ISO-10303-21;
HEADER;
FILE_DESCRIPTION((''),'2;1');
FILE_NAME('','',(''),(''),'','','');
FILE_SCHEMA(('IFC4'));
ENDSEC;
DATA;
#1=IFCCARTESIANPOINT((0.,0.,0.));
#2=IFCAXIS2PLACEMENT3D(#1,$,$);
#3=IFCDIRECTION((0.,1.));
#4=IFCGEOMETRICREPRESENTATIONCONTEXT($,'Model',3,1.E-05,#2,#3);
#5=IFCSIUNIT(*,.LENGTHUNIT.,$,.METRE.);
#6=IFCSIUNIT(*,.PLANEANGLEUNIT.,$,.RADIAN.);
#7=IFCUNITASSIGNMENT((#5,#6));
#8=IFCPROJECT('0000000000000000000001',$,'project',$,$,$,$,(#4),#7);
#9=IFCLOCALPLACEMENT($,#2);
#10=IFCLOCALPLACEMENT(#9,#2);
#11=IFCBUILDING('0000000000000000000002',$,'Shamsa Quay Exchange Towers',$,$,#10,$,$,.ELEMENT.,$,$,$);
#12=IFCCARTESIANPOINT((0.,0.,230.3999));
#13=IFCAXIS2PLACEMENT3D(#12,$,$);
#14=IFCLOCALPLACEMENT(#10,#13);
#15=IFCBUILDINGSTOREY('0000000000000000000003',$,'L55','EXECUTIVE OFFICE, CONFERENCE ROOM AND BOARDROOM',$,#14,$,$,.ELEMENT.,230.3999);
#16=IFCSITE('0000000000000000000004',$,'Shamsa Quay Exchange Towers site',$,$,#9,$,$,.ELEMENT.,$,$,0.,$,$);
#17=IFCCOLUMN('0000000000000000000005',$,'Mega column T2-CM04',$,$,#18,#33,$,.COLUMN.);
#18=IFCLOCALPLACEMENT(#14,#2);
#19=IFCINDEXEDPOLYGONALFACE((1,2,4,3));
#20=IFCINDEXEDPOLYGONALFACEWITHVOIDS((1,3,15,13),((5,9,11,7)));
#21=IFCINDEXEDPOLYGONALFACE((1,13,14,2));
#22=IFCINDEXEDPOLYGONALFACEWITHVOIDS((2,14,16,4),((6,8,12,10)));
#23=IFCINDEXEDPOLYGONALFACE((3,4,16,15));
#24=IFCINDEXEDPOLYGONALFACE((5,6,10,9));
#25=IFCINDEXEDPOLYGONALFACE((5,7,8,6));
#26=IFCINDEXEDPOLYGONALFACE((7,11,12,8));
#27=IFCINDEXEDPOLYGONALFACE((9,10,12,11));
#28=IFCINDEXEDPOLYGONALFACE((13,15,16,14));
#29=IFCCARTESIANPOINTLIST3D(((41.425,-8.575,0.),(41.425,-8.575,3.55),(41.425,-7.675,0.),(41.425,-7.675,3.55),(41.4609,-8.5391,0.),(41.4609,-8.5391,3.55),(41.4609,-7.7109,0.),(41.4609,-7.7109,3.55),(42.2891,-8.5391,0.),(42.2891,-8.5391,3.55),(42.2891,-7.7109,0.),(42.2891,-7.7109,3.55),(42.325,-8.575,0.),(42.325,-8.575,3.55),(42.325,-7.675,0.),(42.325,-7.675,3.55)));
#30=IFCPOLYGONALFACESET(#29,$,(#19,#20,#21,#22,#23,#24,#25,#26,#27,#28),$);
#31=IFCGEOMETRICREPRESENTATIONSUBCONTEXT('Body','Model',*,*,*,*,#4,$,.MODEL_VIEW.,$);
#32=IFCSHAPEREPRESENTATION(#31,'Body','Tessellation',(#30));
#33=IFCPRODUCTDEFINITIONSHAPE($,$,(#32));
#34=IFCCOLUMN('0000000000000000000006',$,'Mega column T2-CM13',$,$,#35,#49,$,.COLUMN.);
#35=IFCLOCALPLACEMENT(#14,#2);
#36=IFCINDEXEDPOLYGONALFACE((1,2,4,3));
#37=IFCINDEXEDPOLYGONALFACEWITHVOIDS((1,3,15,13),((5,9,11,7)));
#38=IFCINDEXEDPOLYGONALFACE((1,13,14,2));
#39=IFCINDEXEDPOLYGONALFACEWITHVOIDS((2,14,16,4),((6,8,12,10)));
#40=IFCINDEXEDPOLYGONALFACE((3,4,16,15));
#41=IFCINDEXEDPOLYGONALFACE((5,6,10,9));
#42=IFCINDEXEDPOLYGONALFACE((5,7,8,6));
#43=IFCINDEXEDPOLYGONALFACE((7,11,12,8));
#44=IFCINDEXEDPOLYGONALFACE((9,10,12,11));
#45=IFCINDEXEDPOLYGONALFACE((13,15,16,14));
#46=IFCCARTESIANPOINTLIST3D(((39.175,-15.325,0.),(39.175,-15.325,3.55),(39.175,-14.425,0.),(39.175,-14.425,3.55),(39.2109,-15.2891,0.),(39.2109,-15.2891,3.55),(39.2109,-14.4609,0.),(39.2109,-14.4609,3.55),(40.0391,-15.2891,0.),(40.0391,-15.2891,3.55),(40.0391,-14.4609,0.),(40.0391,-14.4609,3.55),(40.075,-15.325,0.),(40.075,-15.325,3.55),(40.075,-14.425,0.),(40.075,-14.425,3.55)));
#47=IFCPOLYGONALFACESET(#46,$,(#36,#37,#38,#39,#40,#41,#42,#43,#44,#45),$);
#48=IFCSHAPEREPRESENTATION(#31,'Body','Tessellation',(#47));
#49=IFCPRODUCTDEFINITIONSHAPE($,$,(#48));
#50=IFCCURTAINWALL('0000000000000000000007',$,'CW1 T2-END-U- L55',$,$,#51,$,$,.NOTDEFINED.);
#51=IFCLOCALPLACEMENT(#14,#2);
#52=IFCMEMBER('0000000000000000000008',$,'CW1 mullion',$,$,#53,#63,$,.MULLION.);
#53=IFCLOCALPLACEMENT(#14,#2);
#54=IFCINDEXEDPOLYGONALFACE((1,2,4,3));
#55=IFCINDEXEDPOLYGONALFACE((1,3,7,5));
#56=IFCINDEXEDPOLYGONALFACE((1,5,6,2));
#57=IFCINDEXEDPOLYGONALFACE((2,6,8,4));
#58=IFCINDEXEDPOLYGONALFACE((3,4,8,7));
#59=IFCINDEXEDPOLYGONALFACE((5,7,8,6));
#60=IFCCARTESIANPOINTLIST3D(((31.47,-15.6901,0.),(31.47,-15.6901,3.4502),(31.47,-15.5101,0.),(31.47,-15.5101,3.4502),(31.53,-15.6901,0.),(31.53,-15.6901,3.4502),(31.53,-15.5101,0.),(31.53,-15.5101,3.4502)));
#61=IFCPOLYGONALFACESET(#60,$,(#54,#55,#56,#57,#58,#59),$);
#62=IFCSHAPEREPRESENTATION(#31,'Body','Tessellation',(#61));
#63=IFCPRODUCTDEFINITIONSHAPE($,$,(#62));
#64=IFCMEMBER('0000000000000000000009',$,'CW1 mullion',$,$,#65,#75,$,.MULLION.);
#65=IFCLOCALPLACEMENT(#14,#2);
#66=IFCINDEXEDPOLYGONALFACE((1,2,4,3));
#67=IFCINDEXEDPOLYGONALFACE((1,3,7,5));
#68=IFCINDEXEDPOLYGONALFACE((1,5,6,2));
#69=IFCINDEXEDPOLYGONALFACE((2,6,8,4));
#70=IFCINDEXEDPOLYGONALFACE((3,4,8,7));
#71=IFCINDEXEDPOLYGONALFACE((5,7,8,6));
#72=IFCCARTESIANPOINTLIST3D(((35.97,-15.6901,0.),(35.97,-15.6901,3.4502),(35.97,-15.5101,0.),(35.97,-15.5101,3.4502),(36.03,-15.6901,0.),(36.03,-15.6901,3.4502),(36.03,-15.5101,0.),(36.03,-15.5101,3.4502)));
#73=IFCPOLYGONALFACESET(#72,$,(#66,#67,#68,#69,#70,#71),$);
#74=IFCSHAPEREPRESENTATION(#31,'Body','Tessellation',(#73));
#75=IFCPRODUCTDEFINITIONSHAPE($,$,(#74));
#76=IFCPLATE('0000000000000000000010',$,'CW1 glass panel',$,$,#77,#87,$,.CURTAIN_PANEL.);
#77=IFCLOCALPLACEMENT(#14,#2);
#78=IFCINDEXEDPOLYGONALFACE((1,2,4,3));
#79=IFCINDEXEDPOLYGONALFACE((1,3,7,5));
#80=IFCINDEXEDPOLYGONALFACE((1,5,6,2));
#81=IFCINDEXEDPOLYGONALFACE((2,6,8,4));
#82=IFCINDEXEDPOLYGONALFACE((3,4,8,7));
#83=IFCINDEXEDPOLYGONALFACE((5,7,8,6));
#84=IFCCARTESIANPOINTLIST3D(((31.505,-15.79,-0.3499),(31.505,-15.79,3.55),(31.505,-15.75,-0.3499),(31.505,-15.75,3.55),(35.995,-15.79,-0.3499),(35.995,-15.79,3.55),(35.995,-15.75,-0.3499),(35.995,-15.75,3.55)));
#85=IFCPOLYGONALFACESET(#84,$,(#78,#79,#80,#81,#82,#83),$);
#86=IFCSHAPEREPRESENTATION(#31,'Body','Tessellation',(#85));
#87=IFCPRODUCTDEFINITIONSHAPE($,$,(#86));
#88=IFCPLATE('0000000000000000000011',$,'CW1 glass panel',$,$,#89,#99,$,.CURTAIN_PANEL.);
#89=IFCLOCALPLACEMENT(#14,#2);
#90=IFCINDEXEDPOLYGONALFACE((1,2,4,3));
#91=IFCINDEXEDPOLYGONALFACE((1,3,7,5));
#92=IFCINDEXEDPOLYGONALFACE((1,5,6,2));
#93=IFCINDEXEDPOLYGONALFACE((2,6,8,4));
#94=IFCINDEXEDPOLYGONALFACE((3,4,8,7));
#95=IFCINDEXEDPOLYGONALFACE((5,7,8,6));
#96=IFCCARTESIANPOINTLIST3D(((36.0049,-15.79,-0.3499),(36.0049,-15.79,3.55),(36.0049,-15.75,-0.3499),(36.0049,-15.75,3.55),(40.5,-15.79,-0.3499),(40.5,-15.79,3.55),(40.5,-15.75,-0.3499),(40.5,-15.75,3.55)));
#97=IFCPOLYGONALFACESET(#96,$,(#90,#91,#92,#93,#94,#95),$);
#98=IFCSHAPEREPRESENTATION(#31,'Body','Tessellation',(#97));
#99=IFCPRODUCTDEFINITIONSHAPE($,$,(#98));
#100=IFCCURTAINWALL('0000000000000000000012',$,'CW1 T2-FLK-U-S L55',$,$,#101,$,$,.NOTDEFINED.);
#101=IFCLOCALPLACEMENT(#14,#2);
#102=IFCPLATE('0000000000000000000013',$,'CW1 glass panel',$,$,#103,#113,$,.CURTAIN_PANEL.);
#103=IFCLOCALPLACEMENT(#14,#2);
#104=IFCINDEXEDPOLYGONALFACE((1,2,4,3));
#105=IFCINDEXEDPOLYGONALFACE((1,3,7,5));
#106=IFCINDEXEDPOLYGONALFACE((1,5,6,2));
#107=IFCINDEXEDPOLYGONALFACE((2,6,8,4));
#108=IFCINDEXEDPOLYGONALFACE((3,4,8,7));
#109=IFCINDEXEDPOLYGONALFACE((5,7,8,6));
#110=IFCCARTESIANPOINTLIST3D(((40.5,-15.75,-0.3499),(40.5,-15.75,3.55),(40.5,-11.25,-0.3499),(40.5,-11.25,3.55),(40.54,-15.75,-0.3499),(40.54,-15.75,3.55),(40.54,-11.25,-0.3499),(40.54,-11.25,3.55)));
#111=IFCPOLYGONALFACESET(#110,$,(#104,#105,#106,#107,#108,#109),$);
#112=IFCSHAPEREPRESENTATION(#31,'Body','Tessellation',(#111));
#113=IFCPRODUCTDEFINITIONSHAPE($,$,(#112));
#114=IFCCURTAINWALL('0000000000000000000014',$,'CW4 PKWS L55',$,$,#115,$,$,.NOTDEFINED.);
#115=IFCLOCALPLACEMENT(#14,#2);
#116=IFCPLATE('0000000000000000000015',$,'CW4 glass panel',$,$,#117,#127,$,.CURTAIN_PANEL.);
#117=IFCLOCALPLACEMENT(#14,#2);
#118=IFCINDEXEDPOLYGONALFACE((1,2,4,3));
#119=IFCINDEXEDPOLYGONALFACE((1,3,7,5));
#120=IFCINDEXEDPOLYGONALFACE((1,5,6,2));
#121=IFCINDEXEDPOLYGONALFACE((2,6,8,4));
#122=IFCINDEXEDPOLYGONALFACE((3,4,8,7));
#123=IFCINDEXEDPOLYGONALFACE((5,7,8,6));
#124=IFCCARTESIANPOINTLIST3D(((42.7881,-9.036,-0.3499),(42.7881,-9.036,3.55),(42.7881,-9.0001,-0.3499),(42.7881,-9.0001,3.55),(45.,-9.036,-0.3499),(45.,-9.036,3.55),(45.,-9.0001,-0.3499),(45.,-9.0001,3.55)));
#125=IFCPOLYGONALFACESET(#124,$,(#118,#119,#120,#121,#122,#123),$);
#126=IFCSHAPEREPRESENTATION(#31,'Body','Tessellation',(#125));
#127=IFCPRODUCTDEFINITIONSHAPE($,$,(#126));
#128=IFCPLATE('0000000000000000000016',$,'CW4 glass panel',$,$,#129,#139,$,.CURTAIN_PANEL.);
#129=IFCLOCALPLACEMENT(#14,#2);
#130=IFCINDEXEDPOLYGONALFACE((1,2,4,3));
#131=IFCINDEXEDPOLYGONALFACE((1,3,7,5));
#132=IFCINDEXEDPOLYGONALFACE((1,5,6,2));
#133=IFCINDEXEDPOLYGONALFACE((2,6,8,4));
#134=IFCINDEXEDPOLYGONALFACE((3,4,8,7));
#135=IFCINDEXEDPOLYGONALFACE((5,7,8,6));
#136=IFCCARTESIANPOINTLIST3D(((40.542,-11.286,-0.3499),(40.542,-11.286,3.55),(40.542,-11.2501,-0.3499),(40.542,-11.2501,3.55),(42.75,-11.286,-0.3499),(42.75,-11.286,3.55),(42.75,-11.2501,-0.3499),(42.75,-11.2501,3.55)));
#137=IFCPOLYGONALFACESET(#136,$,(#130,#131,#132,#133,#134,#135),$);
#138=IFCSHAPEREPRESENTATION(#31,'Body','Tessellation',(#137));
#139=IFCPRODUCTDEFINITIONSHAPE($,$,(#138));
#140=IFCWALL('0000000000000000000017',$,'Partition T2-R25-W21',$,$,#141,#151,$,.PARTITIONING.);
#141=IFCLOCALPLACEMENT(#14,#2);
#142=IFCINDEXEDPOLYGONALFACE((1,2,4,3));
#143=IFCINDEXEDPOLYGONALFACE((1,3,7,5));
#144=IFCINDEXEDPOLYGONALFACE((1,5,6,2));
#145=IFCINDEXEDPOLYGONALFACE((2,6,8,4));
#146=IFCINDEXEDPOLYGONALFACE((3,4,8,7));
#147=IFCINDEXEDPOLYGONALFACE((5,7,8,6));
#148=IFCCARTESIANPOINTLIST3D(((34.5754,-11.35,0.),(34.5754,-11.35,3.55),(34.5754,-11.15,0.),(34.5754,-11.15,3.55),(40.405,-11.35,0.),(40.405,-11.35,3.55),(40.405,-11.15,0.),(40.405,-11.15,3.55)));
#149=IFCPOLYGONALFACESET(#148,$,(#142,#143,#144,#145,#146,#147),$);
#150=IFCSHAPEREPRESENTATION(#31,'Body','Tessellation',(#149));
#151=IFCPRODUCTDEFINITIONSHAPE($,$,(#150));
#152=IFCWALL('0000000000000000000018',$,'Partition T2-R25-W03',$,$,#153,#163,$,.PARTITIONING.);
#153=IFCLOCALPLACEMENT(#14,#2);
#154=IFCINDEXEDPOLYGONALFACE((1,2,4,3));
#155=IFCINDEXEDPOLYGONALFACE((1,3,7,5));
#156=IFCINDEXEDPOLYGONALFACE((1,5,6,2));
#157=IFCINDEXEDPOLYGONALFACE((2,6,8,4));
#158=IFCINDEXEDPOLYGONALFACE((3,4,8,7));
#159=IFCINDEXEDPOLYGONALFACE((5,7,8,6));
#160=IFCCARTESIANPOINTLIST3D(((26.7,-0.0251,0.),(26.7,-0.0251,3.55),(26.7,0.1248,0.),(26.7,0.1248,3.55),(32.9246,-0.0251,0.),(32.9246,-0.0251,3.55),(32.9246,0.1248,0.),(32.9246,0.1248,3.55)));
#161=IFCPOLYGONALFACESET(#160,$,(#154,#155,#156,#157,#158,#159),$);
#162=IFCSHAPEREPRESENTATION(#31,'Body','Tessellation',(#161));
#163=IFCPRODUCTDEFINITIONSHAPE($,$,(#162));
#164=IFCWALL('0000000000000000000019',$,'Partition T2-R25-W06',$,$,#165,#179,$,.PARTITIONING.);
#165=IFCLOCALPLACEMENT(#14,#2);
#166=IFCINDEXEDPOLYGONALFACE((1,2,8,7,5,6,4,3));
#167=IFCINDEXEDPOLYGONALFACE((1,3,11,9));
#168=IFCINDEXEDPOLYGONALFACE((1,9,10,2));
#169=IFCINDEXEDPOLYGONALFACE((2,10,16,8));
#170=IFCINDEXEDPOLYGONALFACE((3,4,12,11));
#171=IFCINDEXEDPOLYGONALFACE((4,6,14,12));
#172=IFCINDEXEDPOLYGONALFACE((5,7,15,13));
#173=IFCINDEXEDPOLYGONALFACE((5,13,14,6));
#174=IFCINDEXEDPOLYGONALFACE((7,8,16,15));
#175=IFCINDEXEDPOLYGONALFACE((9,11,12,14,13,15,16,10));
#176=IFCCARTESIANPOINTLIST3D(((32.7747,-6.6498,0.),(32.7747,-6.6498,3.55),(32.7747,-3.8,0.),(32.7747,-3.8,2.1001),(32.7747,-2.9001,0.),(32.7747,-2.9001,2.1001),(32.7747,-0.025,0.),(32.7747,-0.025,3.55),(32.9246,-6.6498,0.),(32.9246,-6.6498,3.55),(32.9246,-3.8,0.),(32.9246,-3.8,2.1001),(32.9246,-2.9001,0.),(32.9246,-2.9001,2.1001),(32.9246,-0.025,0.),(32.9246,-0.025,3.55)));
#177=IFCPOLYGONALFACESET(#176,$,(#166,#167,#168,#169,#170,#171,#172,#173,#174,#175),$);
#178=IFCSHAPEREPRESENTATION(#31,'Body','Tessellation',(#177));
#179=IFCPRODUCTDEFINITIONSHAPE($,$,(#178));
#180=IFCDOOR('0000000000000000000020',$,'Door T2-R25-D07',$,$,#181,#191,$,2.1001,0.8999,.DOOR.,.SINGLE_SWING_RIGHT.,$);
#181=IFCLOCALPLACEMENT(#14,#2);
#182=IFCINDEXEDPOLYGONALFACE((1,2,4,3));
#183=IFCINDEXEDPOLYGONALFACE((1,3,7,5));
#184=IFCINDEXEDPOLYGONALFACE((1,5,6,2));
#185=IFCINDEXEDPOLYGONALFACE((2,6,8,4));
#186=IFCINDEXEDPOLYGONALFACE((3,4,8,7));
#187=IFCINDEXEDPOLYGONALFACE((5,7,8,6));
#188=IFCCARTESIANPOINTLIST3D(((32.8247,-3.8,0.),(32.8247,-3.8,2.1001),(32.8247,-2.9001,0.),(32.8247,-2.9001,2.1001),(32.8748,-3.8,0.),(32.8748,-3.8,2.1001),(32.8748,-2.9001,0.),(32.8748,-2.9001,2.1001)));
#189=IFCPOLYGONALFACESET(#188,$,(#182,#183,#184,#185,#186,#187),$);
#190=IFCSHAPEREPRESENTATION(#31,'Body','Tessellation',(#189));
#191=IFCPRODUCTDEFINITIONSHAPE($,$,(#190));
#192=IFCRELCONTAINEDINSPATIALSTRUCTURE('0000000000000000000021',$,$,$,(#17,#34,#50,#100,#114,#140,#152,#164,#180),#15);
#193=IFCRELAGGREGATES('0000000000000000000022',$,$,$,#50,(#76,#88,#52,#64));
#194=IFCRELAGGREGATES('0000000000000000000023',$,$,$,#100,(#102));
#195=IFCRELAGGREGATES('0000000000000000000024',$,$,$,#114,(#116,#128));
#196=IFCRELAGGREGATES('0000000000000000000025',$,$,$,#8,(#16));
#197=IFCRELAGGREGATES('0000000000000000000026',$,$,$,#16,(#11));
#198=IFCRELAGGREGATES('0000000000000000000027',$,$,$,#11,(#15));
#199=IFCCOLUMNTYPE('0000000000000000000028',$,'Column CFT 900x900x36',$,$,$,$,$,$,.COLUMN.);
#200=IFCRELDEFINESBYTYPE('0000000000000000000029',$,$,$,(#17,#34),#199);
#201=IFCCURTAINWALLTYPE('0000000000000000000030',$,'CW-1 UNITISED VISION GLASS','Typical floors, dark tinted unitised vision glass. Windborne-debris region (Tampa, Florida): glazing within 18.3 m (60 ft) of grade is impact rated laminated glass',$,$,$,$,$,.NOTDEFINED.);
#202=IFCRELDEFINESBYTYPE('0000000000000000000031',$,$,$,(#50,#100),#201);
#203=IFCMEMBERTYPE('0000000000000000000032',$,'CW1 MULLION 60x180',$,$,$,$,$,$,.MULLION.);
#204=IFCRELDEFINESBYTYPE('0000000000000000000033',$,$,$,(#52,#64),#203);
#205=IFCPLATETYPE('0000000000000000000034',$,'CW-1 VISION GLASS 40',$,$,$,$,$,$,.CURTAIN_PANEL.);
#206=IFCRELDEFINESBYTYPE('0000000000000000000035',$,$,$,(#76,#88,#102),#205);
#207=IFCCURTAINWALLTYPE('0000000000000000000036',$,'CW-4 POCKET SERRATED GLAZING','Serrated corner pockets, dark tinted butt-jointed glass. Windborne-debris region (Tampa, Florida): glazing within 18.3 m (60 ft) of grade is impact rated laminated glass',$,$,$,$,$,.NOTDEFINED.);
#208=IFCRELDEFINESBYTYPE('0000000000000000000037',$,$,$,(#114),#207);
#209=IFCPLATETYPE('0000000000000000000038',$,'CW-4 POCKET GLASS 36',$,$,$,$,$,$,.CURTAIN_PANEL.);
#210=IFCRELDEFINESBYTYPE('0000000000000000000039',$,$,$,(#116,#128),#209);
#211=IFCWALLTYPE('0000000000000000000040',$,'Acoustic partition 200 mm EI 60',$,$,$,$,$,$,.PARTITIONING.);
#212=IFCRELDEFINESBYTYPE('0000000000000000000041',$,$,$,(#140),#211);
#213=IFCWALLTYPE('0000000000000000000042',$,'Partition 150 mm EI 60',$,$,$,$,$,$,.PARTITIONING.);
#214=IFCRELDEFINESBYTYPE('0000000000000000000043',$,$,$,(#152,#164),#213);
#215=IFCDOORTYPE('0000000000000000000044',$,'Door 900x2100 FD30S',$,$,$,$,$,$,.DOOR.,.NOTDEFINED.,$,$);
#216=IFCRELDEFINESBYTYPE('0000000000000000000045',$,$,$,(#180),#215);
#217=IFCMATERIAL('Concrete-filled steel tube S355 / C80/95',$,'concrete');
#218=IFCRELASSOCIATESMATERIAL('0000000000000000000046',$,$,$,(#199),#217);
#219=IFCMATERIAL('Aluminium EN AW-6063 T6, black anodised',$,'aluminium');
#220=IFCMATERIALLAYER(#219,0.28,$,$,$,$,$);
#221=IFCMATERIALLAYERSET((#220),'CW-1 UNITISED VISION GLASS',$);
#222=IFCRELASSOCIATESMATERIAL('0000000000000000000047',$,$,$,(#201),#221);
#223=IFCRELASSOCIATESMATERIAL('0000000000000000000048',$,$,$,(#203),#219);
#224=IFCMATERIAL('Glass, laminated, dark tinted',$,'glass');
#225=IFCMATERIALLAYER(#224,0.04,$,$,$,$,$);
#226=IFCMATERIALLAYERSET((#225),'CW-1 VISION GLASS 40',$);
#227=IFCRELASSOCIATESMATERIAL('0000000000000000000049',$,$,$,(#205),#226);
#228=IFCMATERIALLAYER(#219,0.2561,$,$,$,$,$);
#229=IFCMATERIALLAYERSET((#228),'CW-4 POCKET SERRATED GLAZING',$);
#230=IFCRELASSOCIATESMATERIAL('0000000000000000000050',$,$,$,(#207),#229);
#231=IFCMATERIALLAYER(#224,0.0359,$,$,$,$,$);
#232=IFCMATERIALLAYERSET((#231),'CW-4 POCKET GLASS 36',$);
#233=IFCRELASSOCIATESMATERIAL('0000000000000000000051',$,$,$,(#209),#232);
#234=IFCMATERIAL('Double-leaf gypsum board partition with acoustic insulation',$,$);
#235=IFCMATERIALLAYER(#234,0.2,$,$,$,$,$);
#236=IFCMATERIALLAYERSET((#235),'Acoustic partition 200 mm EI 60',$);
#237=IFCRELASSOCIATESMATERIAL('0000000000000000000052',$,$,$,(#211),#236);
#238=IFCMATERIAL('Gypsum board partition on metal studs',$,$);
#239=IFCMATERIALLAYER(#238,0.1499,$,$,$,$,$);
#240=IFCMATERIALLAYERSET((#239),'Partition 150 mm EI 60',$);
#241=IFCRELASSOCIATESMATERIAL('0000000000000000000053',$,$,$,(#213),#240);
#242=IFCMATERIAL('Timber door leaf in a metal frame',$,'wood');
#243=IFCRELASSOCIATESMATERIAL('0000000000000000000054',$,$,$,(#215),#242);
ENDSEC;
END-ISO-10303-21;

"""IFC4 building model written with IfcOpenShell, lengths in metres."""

from ifc_helpers import new_model, si_unit, direction, frame, frame_2d, origin, origin_2d, place, context, subcontext, project, spatial, rectangle, hollow_rectangle, extrude, material, layer, layer_set, material_profile, profile_set, type_object, element, fill, aggregate, save


model = new_model("IFC4")

# Units and contexts
model_context = context("Model", 3, precision=1e-05, world=origin(), true_north=direction((0.0, 1.0)))
body_context = subcontext(model_context, "Body", "Model", "MODEL_VIEW")
ifc_project = project(units=[si_unit("LENGTHUNIT", "METRE"), si_unit("PLANEANGLEUNIT", "RADIAN")], contexts=[model_context])

# Site, building, storey
site_placement = place(None, origin())
site = spatial("IfcSite", under=ifc_project, at=site_placement, Name="Shamsa Quay Exchange Towers site", CompositionType="ELEMENT", RefElevation=0.0)
building_placement = place(site_placement, origin())
building = spatial("IfcBuilding", under=site, at=building_placement, Name="Shamsa Quay Exchange Towers", CompositionType="ELEMENT")
storey_placement = place(building_placement, frame((0.0, 0.0, 230.3999)))
storey = spatial("IfcBuildingStorey", under=building, at=storey_placement, Name="L55", Description="EXECUTIVE OFFICE, CONFERENCE ROOM AND BOARDROOM", CompositionType="ELEMENT", Elevation=230.3999)

# Columns
ifc_material_1 = material(Name="Concrete-filled steel tube S355 / C80/95", Category="concrete")
ifc_material_profile_1 = material_profile(ifc_material_1, hollow_rectangle(XDim=0.8999, YDim=0.8999, WallThickness=0.0359, at=origin_2d()), Name="CFT 900x900x36")
ifc_profile_set_1 = profile_set([ifc_material_profile_1], Name="Concrete-filled steel tube S355 / C80/95")
column_type = type_object("IfcColumnType", Name="Column CFT 900x900x36", PredefinedType="COLUMN", material=ifc_profile_set_1)
for number, where, name in (
    (1, (41.875, -8.125, 0.0), "Mega column T2-CM04"),
    (2, (39.625, -14.875, 0.0), "Mega column T2-CM13"),
):
    element("IfcColumn", number, at=place(storey_placement, frame(where)), inside=storey, type_object=column_type, Name=name, PredefinedType="COLUMN", context=body_context, shape_type="SweptSolid", body=[
        extrude(hollow_rectangle(XDim=0.8999, YDim=0.8999, WallThickness=0.0359, at=origin_2d()), origin(), (0.0, 0.0, 1.0), 3.55),
    ])

# Curtain wall, members, plates
ifc_material_2 = material(Name="Aluminium EN AW-6063 T6, black anodised", Category="aluminium")
ifc_layer_1 = layer(ifc_material_2, 0.28)
ifc_layer_set_1 = layer_set([ifc_layer_1], Name="CW-1 UNITISED VISION GLASS")
curtain_wall_type_1 = type_object("IfcCurtainWallType", Name="CW-1 UNITISED VISION GLASS", Description="Typical floors, dark tinted unitised vision glass. Windborne-debris region (Tampa, Florida): glazing within 18.3 m (60 ft) of grade is impact rated laminated glass", PredefinedType="NOTDEFINED", material=ifc_layer_set_1)
curtain_wall_1_placement = place(storey_placement, origin())
curtain_wall_1 = element("IfcCurtainWall", 3, at=curtain_wall_1_placement, inside=storey, type_object=curtain_wall_type_1, Name="CW1 T2-END-U- L55", PredefinedType="NOTDEFINED")
ifc_material_profile_2 = material_profile(ifc_material_2, rectangle(XDim=0.1799, YDim=0.0601, at=origin_2d()), Name="MU60x180")
ifc_profile_set_2 = profile_set([ifc_material_profile_2], Name="Aluminium EN AW-6063 T6, black anodised")
member_type = type_object("IfcMemberType", Name="CW1 MULLION 60x180", PredefinedType="MULLION", material=ifc_profile_set_2)
member_1_placement = place(storey_placement, frame((31.5, -15.6001, 0.0), z_axis=(0.0, 0.0, 1.0), x_axis=(0.0, 1.0, 0.0)))
member_1 = element("IfcMember", 4, at=member_1_placement, type_object=member_type, Name="CW1 mullion", PredefinedType="MULLION", context=body_context, shape_type="SweptSolid", body=[
    extrude(rectangle(XDim=0.1799, YDim=0.0601, at=origin_2d()), origin(), (0.0, 0.0, 1.0), 3.4502),
])
member_2_placement = place(storey_placement, frame((36.0, -15.6001, 0.0), z_axis=(0.0, 0.0, 1.0), x_axis=(0.0, 1.0, 0.0)))
member_2 = element("IfcMember", 5, at=member_2_placement, type_object=member_type, Name="CW1 mullion", PredefinedType="MULLION", context=body_context, shape_type="SweptSolid", body=[
    extrude(rectangle(XDim=0.1799, YDim=0.0601, at=origin_2d()), origin(), (0.0, 0.0, 1.0), 3.4502),
])
ifc_material_3 = material(Name="Glass, laminated, dark tinted", Category="glass")
ifc_layer_2 = layer(ifc_material_3, 0.04)
ifc_layer_set_2 = layer_set([ifc_layer_2], Name="CW-1 VISION GLASS 40")
plate_type_1 = type_object("IfcPlateType", Name="CW-1 VISION GLASS 40", PredefinedType="CURTAIN_PANEL", material=ifc_layer_set_2)
plate_1_placement = place(storey_placement, frame((33.75, -15.77, -0.3499)))
plate_1 = element("IfcPlate", 6, at=plate_1_placement, type_object=plate_type_1, Name="CW1 glass panel", PredefinedType="CURTAIN_PANEL", context=body_context, shape_type="SweptSolid", body=[
    extrude(rectangle(XDim=4.49, YDim=0.04, at=origin_2d()), origin(), (0.0, 0.0, 1.0), 3.8999),
])
plate_2_placement = place(storey_placement, frame((38.2524, -15.77, -0.3499)))
plate_2 = element("IfcPlate", 7, at=plate_2_placement, type_object=plate_type_1, Name="CW1 glass panel", PredefinedType="CURTAIN_PANEL", context=body_context, shape_type="SweptSolid", body=[
    extrude(rectangle(XDim=4.4951, YDim=0.04, at=origin_2d()), origin(), (0.0, 0.0, 1.0), 3.8999),
])
aggregate(curtain_wall_1, [plate_1, plate_2, member_1, member_2])

# Curtain wall, plate
curtain_wall_2_placement = place(storey_placement, origin())
curtain_wall_2 = element("IfcCurtainWall", 8, at=curtain_wall_2_placement, inside=storey, type_object=curtain_wall_type_1, Name="CW1 T2-FLK-U-S L55", PredefinedType="NOTDEFINED")
plate_3_placement = place(storey_placement, frame((40.52, -13.5, -0.3499), z_axis=(0.0, 0.0, 1.0), x_axis=(0.0, 1.0, 0.0)))
plate_3 = element("IfcPlate", 9, at=plate_3_placement, type_object=plate_type_1, Name="CW1 glass panel", PredefinedType="CURTAIN_PANEL", context=body_context, shape_type="SweptSolid", body=[
    extrude(rectangle(XDim=4.5, YDim=0.04, at=origin_2d()), origin(), (0.0, 0.0, 1.0), 3.8999),
])
aggregate(curtain_wall_2, [plate_3])

# Curtain wall, plates
ifc_layer_3 = layer(ifc_material_2, 0.2561)
ifc_layer_set_3 = layer_set([ifc_layer_3], Name="CW-4 POCKET SERRATED GLAZING")
curtain_wall_type_2 = type_object("IfcCurtainWallType", Name="CW-4 POCKET SERRATED GLAZING", Description="Serrated corner pockets, dark tinted butt-jointed glass. Windborne-debris region (Tampa, Florida): glazing within 18.3 m (60 ft) of grade is impact rated laminated glass", PredefinedType="NOTDEFINED", material=ifc_layer_set_3)
curtain_wall_3_placement = place(storey_placement, origin())
curtain_wall_3 = element("IfcCurtainWall", 10, at=curtain_wall_3_placement, inside=storey, type_object=curtain_wall_type_2, Name="CW4 PKWS L55", PredefinedType="NOTDEFINED")
ifc_layer_4 = layer(ifc_material_3, 0.0359)
ifc_layer_set_4 = layer_set([ifc_layer_4], Name="CW-4 POCKET GLASS 36")
plate_type_2 = type_object("IfcPlateType", Name="CW-4 POCKET GLASS 36", PredefinedType="CURTAIN_PANEL", material=ifc_layer_set_4)
plate_4_placement = place(storey_placement, frame((43.894, -9.0181, -0.3499)))
plate_4 = element("IfcPlate", 11, at=plate_4_placement, type_object=plate_type_2, Name="CW4 glass panel", PredefinedType="CURTAIN_PANEL", context=body_context, shape_type="SweptSolid", body=[
    extrude(rectangle(XDim=2.2119, YDim=0.0359, at=origin_2d()), origin(), (0.0, 0.0, 1.0), 3.8999),
])
plate_5_placement = place(storey_placement, frame((41.646, -11.2681, -0.3499)))
plate_5 = element("IfcPlate", 12, at=plate_5_placement, type_object=plate_type_2, Name="CW4 glass panel", PredefinedType="CURTAIN_PANEL", context=body_context, shape_type="SweptSolid", body=[
    extrude(rectangle(XDim=2.208, YDim=0.0359, at=origin_2d()), origin(), (0.0, 0.0, 1.0), 3.8999),
])
aggregate(curtain_wall_3, [plate_4, plate_5])

# Shared definitions
ifc_material_4 = material(Name="Double-leaf gypsum board partition with acoustic insulation")
ifc_layer_5 = layer(ifc_material_4, 0.2)
ifc_layer_set_5 = layer_set([ifc_layer_5], Name="Acoustic partition 200 mm EI 60")
wall_type_1 = type_object("IfcWallType", Name="Acoustic partition 200 mm EI 60", PredefinedType="PARTITIONING", material=ifc_layer_set_5)
ifc_material_5 = material(Name="Timber door leaf in a metal frame", Category="wood")

# Wall
wall_1_placement = place(storey_placement, frame((34.5754, -11.25, 0.0)))
element("IfcWall", 13, at=wall_1_placement, inside=storey, type_object=wall_type_1, Name="Partition T2-R25-W21", PredefinedType="PARTITIONING", context=body_context, shape_type="SweptSolid", body=[
    extrude(rectangle(XDim=5.8296, YDim=0.2, at=frame_2d((2.9148, 0.0))), origin(), (0.0, 0.0, 1.0), 3.55),
])

# Wall
ifc_material_6 = material(Name="Gypsum board partition on metal studs")
ifc_layer_6 = layer(ifc_material_6, 0.1499)
ifc_layer_set_6 = layer_set([ifc_layer_6], Name="Partition 150 mm EI 60")
wall_type_2 = type_object("IfcWallType", Name="Partition 150 mm EI 60", PredefinedType="PARTITIONING", material=ifc_layer_set_6)
wall_2_placement = place(storey_placement, frame((32.9246, 0.0498, 0.0), z_axis=(0.0, 0.0, 1.0), x_axis=(-1.0, 0.0, 0.0)))
element("IfcWall", 14, at=wall_2_placement, inside=storey, type_object=wall_type_2, Name="Partition T2-R25-W03", PredefinedType="PARTITIONING", context=body_context, shape_type="SweptSolid", body=[
    extrude(rectangle(XDim=6.2246, YDim=0.1499, at=frame_2d((3.1123, 0.0))), origin(), (0.0, 0.0, 1.0), 3.55),
])

# Wall, opening, door
wall_3_placement = place(storey_placement, frame((32.8496, -6.6499, 0.0), z_axis=(0.0, 0.0, 1.0), x_axis=(0.0, 1.0, 0.0)))
wall_3 = element("IfcWall", 15, at=wall_3_placement, inside=storey, type_object=wall_type_2, Name="Partition T2-R25-W06", PredefinedType="PARTITIONING", context=body_context, shape_type="SweptSolid", body=[
    extrude(rectangle(XDim=6.6248, YDim=0.1499, at=frame_2d((3.3125, 0.0))), origin(), (0.0, 0.0, 1.0), 3.55),
])
opening_1_placement = place(wall_3_placement, frame((2.8499, 0.0, 0.0)))
opening_1 = element("IfcOpeningElement", 16, at=opening_1_placement, cuts=wall_3, PredefinedType="OPENING", context=body_context, shape_type="SweptSolid", body=[
    extrude(rectangle(XDim=0.8999, YDim=2.1001, at=frame_2d((0.45, 1.05))), frame((0.0, 0.085, 0.0), z_axis=(0.0, -1.0, 0.0), x_axis=(1.0, 0.0, 0.0)), (0.0, 0.0, 1.0), 0.1699),
])
door_type_1 = type_object("IfcDoorType", Name="Door 900x2100 FD30S", OperationType="NOTDEFINED", PredefinedType="DOOR", material=ifc_material_5)
door_1_placement = place(opening_1_placement, origin())
door_1 = element("IfcDoor", 17, at=door_1_placement, inside=storey, type_object=door_type_1, Name="Door T2-R25-D07", OperationType="SINGLE_SWING_RIGHT", OverallHeight=2.1001, OverallWidth=0.8999, PredefinedType="DOOR", context=body_context, shape_type="SweptSolid", body=[
    extrude(rectangle(XDim=0.8999, YDim=2.1001, at=frame_2d((0.45, 1.05))), frame((0.0, 0.0249, 0.0), z_axis=(0.0, -1.0, 0.0), x_axis=(1.0, 0.0, 0.0)), (0.0, 0.0, 1.0), 0.05),
])
fill(opening_1, door_1)

save(model, "model.ifc")
